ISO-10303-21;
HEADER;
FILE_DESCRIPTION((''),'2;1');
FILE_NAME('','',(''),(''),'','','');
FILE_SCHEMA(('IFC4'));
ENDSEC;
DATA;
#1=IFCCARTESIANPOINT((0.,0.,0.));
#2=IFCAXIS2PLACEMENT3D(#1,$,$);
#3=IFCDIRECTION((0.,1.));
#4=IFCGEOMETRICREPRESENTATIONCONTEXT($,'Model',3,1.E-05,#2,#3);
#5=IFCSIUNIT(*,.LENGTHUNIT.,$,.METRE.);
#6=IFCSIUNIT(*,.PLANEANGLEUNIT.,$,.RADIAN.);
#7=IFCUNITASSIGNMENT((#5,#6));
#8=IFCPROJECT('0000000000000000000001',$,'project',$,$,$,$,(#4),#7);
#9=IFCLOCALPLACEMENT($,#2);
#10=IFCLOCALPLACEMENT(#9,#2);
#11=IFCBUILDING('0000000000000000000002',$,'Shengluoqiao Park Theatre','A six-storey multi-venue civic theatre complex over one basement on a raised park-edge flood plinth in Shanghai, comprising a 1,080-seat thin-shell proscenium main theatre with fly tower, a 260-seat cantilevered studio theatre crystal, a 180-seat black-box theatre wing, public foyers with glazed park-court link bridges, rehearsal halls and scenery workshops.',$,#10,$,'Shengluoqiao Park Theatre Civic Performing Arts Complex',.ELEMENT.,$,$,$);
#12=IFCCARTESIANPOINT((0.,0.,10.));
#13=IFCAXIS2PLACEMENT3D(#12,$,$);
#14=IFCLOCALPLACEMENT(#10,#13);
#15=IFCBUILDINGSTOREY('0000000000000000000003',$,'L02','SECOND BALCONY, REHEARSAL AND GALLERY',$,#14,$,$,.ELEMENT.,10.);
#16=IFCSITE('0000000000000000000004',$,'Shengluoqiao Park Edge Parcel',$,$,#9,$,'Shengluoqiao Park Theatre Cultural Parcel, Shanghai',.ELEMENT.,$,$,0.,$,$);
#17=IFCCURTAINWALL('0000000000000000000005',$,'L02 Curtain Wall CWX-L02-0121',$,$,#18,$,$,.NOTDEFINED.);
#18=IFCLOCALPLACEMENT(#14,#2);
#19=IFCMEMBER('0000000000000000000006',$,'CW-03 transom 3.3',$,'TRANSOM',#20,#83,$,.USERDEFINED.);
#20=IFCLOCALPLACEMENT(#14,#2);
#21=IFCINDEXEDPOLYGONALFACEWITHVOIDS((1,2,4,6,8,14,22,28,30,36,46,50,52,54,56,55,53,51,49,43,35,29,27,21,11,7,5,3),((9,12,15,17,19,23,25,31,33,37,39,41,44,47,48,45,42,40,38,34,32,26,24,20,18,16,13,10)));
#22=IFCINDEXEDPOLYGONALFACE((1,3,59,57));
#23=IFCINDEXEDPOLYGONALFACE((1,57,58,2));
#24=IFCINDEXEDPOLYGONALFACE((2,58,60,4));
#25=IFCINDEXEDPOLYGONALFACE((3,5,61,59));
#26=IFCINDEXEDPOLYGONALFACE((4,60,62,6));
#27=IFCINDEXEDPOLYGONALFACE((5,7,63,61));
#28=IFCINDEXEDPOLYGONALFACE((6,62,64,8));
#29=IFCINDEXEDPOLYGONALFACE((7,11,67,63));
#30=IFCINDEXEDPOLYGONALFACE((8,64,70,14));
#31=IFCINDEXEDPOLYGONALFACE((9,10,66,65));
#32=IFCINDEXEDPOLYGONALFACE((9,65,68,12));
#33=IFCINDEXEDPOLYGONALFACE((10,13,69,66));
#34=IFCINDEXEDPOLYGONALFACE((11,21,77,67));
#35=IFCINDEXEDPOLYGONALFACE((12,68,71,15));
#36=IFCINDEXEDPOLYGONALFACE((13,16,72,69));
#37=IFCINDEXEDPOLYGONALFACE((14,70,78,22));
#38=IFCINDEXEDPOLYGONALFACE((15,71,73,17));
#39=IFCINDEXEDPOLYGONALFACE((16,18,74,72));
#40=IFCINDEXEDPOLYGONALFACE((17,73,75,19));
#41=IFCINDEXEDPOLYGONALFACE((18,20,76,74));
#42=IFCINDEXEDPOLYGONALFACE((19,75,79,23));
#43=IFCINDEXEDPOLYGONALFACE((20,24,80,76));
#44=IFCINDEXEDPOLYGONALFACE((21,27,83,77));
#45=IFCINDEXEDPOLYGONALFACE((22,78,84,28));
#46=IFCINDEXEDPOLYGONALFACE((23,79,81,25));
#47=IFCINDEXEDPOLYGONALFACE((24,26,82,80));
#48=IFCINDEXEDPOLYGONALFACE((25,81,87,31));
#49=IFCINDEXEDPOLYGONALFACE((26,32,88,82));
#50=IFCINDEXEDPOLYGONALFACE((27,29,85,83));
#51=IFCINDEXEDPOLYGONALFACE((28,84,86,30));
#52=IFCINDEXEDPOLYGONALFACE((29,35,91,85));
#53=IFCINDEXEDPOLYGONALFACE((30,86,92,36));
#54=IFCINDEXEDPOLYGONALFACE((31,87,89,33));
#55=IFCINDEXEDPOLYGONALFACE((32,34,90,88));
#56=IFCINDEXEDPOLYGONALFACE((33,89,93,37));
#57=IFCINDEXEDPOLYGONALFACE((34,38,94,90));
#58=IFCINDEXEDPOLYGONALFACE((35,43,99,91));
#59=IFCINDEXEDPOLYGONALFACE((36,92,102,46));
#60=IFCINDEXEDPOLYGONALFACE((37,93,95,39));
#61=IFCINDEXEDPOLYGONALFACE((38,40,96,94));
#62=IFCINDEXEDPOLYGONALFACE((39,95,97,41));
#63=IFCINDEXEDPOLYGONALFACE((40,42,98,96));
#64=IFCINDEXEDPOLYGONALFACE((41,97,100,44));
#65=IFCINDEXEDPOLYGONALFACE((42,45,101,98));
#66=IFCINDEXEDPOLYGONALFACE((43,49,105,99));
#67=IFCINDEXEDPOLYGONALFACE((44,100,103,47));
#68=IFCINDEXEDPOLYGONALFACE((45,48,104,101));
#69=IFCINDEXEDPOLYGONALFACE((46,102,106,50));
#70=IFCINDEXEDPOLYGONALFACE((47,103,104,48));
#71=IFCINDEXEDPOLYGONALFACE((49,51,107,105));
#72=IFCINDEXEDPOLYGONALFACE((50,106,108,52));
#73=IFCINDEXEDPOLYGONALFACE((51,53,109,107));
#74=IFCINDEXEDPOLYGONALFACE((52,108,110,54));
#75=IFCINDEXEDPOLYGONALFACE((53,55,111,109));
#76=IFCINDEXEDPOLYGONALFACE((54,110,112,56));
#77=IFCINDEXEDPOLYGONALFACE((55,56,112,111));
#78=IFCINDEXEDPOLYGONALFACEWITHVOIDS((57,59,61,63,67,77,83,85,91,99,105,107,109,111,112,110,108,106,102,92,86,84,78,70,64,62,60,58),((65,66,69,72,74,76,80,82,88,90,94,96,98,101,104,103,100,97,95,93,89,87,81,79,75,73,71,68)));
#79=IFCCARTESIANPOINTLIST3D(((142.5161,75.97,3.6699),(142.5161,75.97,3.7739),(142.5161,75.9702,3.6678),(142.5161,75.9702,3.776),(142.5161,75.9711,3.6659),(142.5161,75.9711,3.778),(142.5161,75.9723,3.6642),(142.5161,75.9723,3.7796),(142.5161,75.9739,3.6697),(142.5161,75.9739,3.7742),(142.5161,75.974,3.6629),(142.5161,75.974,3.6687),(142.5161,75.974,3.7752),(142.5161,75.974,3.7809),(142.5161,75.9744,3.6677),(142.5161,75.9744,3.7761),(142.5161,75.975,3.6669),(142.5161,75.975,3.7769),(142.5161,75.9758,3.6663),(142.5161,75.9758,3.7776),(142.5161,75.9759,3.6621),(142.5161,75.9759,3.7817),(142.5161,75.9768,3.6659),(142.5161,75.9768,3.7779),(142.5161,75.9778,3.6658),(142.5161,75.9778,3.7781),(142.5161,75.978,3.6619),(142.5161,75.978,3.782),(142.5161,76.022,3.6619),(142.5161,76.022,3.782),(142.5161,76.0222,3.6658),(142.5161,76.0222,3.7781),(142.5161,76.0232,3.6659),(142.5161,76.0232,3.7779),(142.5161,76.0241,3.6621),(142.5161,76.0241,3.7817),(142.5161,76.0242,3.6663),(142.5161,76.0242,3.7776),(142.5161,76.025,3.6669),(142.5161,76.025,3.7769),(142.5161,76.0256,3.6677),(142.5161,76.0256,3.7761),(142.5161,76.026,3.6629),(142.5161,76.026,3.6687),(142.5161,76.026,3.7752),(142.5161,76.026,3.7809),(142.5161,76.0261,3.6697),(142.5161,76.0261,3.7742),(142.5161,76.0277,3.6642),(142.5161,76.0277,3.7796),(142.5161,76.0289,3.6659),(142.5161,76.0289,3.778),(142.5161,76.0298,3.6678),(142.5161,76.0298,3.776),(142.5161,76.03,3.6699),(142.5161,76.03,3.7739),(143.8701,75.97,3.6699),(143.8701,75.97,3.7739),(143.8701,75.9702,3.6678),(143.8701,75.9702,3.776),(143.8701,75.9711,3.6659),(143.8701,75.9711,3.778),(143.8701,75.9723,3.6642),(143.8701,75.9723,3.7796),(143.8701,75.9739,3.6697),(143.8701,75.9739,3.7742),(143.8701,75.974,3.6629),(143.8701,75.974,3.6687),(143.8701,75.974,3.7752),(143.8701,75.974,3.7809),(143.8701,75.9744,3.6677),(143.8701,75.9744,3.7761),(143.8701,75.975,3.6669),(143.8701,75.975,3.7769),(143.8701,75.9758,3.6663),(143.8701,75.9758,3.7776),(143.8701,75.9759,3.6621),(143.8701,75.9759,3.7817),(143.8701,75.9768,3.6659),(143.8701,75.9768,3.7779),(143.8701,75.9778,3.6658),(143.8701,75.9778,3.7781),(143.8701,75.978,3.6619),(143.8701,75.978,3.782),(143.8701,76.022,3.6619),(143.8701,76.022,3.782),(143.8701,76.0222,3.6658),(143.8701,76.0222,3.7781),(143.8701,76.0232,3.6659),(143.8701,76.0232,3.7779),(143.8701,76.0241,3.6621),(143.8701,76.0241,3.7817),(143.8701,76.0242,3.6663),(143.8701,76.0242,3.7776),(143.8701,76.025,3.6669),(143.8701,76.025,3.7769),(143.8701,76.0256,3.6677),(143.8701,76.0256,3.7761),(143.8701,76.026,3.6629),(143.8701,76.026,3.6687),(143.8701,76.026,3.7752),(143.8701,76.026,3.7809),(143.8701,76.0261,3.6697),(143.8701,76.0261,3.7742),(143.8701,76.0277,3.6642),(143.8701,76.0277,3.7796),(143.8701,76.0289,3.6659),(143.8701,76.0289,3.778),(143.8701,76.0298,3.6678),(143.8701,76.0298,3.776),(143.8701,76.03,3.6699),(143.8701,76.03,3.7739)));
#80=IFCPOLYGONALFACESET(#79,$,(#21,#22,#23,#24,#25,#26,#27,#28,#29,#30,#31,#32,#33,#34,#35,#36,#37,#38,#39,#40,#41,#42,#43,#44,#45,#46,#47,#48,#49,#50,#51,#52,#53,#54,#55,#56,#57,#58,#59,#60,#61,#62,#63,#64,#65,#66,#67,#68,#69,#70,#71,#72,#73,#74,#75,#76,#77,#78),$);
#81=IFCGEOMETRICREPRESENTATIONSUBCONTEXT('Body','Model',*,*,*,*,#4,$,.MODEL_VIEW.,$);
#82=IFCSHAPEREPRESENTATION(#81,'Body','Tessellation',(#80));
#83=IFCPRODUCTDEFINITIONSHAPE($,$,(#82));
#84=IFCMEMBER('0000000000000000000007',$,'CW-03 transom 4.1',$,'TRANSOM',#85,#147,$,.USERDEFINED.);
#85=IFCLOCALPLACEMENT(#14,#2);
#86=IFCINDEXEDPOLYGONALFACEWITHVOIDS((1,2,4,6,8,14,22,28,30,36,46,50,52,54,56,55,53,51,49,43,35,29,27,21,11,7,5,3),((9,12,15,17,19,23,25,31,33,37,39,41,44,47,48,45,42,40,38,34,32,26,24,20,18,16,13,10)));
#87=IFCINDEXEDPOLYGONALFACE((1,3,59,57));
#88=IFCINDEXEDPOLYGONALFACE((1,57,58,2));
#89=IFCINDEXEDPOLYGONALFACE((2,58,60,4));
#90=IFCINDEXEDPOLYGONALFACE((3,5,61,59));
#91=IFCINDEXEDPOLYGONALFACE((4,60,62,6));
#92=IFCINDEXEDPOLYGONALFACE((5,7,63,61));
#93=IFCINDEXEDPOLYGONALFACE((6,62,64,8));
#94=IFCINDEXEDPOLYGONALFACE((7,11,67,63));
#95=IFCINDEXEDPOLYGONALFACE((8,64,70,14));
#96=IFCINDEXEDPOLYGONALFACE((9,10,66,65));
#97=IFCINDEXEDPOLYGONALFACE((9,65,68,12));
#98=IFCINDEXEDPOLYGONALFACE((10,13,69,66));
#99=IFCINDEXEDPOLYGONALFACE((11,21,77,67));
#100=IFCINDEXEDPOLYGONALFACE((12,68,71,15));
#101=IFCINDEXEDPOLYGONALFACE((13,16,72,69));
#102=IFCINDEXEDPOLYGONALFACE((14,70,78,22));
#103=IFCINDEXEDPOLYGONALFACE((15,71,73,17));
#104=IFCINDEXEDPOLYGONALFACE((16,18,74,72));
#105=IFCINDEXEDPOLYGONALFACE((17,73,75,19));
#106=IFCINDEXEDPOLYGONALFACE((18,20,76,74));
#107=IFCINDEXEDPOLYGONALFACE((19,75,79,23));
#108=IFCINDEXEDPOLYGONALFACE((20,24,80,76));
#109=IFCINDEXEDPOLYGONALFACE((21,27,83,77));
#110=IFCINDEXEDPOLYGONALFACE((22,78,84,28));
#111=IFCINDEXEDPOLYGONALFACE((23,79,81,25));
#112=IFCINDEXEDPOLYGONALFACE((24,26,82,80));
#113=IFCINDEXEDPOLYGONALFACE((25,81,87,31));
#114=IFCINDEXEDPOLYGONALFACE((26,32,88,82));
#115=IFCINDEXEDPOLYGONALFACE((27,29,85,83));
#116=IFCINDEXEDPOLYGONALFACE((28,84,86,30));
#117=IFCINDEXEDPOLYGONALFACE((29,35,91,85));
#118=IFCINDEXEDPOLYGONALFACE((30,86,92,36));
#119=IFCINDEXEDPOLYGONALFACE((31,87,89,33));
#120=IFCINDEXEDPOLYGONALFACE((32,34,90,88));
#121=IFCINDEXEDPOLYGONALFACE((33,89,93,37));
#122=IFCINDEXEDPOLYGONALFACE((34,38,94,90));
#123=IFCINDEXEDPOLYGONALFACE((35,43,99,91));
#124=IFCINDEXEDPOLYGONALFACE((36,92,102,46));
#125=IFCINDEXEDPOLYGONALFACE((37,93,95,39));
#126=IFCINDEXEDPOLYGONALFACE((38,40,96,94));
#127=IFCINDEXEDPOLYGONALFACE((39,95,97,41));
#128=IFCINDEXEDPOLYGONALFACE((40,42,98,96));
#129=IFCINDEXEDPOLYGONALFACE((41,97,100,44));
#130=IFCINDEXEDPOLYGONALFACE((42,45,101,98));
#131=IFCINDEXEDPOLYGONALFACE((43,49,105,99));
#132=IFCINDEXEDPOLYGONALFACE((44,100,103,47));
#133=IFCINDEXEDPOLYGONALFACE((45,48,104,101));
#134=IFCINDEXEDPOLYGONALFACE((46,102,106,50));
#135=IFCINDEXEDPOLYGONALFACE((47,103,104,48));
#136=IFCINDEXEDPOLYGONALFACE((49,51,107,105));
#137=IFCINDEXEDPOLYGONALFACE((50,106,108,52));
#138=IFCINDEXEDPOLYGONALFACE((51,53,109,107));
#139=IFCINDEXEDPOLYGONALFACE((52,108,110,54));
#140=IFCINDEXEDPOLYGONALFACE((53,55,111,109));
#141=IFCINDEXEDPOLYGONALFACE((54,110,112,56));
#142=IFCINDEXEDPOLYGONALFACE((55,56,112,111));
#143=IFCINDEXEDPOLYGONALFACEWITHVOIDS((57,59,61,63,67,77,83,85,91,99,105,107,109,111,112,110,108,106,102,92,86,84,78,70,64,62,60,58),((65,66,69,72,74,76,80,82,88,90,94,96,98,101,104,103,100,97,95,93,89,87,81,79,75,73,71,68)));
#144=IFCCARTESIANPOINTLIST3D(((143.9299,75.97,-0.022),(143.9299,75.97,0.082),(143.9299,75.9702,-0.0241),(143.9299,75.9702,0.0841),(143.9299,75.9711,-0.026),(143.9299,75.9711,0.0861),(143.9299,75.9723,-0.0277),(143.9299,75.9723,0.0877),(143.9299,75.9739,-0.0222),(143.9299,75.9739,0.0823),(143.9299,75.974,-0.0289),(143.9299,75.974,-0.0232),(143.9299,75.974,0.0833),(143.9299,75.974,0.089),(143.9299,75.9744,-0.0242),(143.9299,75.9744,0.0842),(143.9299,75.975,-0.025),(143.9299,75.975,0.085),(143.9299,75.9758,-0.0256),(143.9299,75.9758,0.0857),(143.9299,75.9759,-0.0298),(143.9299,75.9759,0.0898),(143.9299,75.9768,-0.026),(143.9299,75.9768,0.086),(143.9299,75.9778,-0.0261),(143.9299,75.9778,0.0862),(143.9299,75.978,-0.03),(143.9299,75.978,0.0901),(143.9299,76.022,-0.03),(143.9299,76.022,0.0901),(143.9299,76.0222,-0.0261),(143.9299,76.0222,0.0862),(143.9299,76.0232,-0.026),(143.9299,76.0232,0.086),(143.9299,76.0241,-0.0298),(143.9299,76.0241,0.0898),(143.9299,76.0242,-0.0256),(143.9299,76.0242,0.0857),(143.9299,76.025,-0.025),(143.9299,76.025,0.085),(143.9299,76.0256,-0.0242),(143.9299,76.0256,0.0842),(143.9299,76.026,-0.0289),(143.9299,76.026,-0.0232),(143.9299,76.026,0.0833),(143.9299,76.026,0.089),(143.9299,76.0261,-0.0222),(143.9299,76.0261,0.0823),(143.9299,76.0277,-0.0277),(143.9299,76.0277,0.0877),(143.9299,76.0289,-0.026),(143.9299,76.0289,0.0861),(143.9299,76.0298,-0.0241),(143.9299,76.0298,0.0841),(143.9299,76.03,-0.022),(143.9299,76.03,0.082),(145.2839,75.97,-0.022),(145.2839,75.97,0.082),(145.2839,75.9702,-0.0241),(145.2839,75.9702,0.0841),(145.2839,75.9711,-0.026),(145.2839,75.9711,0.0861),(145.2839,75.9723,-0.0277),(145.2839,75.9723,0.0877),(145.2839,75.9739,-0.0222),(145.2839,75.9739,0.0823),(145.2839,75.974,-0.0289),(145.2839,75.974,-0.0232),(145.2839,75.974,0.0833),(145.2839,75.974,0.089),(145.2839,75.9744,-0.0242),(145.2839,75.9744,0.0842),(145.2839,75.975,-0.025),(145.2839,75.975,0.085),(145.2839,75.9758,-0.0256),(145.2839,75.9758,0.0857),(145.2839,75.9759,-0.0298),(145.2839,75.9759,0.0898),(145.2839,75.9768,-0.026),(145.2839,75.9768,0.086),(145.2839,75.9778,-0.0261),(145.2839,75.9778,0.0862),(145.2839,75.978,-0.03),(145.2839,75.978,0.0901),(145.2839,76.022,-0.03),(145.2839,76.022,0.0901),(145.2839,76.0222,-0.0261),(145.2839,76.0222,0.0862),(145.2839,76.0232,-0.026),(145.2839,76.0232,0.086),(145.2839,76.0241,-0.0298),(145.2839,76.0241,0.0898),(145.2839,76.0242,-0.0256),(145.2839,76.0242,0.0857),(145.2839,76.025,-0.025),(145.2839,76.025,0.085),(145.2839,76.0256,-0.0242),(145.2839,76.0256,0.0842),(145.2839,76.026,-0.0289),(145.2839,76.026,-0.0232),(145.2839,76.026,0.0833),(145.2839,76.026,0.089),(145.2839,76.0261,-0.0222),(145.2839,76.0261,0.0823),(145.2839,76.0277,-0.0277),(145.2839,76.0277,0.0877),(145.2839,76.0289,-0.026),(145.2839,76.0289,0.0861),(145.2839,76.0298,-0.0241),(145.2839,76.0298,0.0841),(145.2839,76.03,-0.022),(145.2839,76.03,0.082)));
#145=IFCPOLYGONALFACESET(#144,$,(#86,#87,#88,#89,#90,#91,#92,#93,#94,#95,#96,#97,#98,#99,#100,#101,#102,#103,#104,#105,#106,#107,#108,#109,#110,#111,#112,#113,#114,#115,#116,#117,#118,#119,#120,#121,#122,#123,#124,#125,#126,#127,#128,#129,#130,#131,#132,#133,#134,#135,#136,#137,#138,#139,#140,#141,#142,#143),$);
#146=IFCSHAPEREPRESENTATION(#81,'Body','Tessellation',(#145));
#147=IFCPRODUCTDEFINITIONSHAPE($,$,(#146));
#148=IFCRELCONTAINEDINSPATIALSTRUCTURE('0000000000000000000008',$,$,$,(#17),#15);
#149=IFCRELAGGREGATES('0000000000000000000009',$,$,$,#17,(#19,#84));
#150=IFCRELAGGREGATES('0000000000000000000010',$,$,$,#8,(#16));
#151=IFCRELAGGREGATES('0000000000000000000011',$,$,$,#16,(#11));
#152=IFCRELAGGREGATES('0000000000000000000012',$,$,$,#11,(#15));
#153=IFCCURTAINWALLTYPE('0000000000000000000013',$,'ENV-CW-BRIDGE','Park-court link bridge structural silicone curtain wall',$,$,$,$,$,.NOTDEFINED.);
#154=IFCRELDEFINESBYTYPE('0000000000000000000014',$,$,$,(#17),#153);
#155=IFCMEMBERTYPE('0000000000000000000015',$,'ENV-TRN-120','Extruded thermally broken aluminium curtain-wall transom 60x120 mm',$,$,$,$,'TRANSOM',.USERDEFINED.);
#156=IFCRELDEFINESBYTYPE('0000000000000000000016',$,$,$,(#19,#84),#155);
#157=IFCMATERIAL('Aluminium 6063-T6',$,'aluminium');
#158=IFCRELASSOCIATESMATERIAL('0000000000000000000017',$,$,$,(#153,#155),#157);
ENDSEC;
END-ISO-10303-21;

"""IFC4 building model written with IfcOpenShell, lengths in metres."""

from ifc_helpers import new_model, si_unit, direction, frame, origin, origin_2d, place, context, subcontext, project, spatial, hollow_rectangle, extrude, material, material_profile, profile_set, type_object, element, aggregate, save


model = new_model("IFC4")

# Units and contexts
model_context = context("Model", 3, precision=1e-05, world=origin(), true_north=direction((0.0, 1.0)))
body_context = subcontext(model_context, "Body", "Model", "MODEL_VIEW")
ifc_project = project(units=[si_unit("LENGTHUNIT", "METRE"), si_unit("PLANEANGLEUNIT", "RADIAN")], contexts=[model_context])

# Site, building, storey
site_placement = place(None, origin())
site = spatial("IfcSite", under=ifc_project, at=site_placement, Name="Shengluoqiao Park Edge Parcel", LongName="Shengluoqiao Park Theatre Cultural Parcel, Shanghai", CompositionType="ELEMENT", RefElevation=0.0)
building_placement = place(site_placement, origin())
building = spatial("IfcBuilding", under=site, at=building_placement, Name="Shengluoqiao Park Theatre", Description="A six-storey multi-venue civic theatre complex over one basement on a raised park-edge flood plinth in Shanghai, comprising a 1,080-seat thin-shell proscenium main theatre with fly tower, a 260-seat cantilevered studio theatre crystal, a 180-seat black-box theatre wing, public foyers with glazed park-court link bridges, rehearsal halls and scenery workshops.", LongName="Shengluoqiao Park Theatre Civic Performing Arts Complex", CompositionType="ELEMENT")
storey_placement = place(building_placement, frame((0.0, 0.0, 10.0)))
storey = spatial("IfcBuildingStorey", under=building, at=storey_placement, Name="L02", Description="SECOND BALCONY, REHEARSAL AND GALLERY", CompositionType="ELEMENT", Elevation=10.0)

# Curtain wall, members
ifc_material_1 = material(Name="Aluminium 6063-T6", Category="aluminium")
curtain_wall_type = type_object("IfcCurtainWallType", Name="ENV-CW-BRIDGE", Description="Park-court link bridge structural silicone curtain wall", PredefinedType="NOTDEFINED", material=ifc_material_1)
curtain_wall_placement = place(storey_placement, origin())
curtain_wall = element("IfcCurtainWall", 1, at=curtain_wall_placement, inside=storey, type_object=curtain_wall_type, Name="L02 Curtain Wall CWX-L02-0121", PredefinedType="NOTDEFINED")
ifc_material_profile_1 = material_profile(ifc_material_1, hollow_rectangle(XDim=0.0601, YDim=0.1201, WallThickness=0.0039, InnerFilletRadius=0.0039, OuterFilletRadius=0.0081, at=origin_2d()), Name="ALU TRANSOM 120x60x4")
ifc_profile_set_1 = profile_set([ifc_material_profile_1], Name="Aluminium 6063-T6")
member_type_1 = type_object("IfcMemberType", Name="ENV-TRN-120", Description="Extruded thermally broken aluminium curtain-wall transom 60x120 mm", ElementType="TRANSOM", PredefinedType="USERDEFINED", material=ifc_profile_set_1)
member_1_placement = place(storey_placement, frame((142.5161, 76.0, 3.7219), z_axis=(1.0, 0.0, 0.0), x_axis=(0.0, 1.0, 0.0)))
member_1 = element("IfcMember", 2, at=member_1_placement, type_object=member_type_1, Name="CW-03 transom 3.3", ObjectType="TRANSOM", PredefinedType="USERDEFINED", context=body_context, shape_type="SweptSolid", body=[
    extrude(hollow_rectangle(XDim=0.0601, YDim=0.1201, WallThickness=0.0039, InnerFilletRadius=0.0039, OuterFilletRadius=0.0081, at=origin_2d()), origin(), (0.0, 0.0, 1.0), 1.354),
])
member_2_placement = place(storey_placement, frame((143.9299, 76.0, 0.03), z_axis=(1.0, 0.0, 0.0), x_axis=(0.0, 1.0, 0.0)))
member_2 = element("IfcMember", 3, at=member_2_placement, type_object=member_type_1, Name="CW-03 transom 4.1", ObjectType="TRANSOM", PredefinedType="USERDEFINED", context=body_context, shape_type="SweptSolid", body=[
    extrude(hollow_rectangle(XDim=0.0601, YDim=0.1201, WallThickness=0.0039, InnerFilletRadius=0.0039, OuterFilletRadius=0.0081, at=origin_2d()), origin(), (0.0, 0.0, 1.0), 1.354),
])
aggregate(curtain_wall, [member_1, member_2])

save(model, "model.ifc")
